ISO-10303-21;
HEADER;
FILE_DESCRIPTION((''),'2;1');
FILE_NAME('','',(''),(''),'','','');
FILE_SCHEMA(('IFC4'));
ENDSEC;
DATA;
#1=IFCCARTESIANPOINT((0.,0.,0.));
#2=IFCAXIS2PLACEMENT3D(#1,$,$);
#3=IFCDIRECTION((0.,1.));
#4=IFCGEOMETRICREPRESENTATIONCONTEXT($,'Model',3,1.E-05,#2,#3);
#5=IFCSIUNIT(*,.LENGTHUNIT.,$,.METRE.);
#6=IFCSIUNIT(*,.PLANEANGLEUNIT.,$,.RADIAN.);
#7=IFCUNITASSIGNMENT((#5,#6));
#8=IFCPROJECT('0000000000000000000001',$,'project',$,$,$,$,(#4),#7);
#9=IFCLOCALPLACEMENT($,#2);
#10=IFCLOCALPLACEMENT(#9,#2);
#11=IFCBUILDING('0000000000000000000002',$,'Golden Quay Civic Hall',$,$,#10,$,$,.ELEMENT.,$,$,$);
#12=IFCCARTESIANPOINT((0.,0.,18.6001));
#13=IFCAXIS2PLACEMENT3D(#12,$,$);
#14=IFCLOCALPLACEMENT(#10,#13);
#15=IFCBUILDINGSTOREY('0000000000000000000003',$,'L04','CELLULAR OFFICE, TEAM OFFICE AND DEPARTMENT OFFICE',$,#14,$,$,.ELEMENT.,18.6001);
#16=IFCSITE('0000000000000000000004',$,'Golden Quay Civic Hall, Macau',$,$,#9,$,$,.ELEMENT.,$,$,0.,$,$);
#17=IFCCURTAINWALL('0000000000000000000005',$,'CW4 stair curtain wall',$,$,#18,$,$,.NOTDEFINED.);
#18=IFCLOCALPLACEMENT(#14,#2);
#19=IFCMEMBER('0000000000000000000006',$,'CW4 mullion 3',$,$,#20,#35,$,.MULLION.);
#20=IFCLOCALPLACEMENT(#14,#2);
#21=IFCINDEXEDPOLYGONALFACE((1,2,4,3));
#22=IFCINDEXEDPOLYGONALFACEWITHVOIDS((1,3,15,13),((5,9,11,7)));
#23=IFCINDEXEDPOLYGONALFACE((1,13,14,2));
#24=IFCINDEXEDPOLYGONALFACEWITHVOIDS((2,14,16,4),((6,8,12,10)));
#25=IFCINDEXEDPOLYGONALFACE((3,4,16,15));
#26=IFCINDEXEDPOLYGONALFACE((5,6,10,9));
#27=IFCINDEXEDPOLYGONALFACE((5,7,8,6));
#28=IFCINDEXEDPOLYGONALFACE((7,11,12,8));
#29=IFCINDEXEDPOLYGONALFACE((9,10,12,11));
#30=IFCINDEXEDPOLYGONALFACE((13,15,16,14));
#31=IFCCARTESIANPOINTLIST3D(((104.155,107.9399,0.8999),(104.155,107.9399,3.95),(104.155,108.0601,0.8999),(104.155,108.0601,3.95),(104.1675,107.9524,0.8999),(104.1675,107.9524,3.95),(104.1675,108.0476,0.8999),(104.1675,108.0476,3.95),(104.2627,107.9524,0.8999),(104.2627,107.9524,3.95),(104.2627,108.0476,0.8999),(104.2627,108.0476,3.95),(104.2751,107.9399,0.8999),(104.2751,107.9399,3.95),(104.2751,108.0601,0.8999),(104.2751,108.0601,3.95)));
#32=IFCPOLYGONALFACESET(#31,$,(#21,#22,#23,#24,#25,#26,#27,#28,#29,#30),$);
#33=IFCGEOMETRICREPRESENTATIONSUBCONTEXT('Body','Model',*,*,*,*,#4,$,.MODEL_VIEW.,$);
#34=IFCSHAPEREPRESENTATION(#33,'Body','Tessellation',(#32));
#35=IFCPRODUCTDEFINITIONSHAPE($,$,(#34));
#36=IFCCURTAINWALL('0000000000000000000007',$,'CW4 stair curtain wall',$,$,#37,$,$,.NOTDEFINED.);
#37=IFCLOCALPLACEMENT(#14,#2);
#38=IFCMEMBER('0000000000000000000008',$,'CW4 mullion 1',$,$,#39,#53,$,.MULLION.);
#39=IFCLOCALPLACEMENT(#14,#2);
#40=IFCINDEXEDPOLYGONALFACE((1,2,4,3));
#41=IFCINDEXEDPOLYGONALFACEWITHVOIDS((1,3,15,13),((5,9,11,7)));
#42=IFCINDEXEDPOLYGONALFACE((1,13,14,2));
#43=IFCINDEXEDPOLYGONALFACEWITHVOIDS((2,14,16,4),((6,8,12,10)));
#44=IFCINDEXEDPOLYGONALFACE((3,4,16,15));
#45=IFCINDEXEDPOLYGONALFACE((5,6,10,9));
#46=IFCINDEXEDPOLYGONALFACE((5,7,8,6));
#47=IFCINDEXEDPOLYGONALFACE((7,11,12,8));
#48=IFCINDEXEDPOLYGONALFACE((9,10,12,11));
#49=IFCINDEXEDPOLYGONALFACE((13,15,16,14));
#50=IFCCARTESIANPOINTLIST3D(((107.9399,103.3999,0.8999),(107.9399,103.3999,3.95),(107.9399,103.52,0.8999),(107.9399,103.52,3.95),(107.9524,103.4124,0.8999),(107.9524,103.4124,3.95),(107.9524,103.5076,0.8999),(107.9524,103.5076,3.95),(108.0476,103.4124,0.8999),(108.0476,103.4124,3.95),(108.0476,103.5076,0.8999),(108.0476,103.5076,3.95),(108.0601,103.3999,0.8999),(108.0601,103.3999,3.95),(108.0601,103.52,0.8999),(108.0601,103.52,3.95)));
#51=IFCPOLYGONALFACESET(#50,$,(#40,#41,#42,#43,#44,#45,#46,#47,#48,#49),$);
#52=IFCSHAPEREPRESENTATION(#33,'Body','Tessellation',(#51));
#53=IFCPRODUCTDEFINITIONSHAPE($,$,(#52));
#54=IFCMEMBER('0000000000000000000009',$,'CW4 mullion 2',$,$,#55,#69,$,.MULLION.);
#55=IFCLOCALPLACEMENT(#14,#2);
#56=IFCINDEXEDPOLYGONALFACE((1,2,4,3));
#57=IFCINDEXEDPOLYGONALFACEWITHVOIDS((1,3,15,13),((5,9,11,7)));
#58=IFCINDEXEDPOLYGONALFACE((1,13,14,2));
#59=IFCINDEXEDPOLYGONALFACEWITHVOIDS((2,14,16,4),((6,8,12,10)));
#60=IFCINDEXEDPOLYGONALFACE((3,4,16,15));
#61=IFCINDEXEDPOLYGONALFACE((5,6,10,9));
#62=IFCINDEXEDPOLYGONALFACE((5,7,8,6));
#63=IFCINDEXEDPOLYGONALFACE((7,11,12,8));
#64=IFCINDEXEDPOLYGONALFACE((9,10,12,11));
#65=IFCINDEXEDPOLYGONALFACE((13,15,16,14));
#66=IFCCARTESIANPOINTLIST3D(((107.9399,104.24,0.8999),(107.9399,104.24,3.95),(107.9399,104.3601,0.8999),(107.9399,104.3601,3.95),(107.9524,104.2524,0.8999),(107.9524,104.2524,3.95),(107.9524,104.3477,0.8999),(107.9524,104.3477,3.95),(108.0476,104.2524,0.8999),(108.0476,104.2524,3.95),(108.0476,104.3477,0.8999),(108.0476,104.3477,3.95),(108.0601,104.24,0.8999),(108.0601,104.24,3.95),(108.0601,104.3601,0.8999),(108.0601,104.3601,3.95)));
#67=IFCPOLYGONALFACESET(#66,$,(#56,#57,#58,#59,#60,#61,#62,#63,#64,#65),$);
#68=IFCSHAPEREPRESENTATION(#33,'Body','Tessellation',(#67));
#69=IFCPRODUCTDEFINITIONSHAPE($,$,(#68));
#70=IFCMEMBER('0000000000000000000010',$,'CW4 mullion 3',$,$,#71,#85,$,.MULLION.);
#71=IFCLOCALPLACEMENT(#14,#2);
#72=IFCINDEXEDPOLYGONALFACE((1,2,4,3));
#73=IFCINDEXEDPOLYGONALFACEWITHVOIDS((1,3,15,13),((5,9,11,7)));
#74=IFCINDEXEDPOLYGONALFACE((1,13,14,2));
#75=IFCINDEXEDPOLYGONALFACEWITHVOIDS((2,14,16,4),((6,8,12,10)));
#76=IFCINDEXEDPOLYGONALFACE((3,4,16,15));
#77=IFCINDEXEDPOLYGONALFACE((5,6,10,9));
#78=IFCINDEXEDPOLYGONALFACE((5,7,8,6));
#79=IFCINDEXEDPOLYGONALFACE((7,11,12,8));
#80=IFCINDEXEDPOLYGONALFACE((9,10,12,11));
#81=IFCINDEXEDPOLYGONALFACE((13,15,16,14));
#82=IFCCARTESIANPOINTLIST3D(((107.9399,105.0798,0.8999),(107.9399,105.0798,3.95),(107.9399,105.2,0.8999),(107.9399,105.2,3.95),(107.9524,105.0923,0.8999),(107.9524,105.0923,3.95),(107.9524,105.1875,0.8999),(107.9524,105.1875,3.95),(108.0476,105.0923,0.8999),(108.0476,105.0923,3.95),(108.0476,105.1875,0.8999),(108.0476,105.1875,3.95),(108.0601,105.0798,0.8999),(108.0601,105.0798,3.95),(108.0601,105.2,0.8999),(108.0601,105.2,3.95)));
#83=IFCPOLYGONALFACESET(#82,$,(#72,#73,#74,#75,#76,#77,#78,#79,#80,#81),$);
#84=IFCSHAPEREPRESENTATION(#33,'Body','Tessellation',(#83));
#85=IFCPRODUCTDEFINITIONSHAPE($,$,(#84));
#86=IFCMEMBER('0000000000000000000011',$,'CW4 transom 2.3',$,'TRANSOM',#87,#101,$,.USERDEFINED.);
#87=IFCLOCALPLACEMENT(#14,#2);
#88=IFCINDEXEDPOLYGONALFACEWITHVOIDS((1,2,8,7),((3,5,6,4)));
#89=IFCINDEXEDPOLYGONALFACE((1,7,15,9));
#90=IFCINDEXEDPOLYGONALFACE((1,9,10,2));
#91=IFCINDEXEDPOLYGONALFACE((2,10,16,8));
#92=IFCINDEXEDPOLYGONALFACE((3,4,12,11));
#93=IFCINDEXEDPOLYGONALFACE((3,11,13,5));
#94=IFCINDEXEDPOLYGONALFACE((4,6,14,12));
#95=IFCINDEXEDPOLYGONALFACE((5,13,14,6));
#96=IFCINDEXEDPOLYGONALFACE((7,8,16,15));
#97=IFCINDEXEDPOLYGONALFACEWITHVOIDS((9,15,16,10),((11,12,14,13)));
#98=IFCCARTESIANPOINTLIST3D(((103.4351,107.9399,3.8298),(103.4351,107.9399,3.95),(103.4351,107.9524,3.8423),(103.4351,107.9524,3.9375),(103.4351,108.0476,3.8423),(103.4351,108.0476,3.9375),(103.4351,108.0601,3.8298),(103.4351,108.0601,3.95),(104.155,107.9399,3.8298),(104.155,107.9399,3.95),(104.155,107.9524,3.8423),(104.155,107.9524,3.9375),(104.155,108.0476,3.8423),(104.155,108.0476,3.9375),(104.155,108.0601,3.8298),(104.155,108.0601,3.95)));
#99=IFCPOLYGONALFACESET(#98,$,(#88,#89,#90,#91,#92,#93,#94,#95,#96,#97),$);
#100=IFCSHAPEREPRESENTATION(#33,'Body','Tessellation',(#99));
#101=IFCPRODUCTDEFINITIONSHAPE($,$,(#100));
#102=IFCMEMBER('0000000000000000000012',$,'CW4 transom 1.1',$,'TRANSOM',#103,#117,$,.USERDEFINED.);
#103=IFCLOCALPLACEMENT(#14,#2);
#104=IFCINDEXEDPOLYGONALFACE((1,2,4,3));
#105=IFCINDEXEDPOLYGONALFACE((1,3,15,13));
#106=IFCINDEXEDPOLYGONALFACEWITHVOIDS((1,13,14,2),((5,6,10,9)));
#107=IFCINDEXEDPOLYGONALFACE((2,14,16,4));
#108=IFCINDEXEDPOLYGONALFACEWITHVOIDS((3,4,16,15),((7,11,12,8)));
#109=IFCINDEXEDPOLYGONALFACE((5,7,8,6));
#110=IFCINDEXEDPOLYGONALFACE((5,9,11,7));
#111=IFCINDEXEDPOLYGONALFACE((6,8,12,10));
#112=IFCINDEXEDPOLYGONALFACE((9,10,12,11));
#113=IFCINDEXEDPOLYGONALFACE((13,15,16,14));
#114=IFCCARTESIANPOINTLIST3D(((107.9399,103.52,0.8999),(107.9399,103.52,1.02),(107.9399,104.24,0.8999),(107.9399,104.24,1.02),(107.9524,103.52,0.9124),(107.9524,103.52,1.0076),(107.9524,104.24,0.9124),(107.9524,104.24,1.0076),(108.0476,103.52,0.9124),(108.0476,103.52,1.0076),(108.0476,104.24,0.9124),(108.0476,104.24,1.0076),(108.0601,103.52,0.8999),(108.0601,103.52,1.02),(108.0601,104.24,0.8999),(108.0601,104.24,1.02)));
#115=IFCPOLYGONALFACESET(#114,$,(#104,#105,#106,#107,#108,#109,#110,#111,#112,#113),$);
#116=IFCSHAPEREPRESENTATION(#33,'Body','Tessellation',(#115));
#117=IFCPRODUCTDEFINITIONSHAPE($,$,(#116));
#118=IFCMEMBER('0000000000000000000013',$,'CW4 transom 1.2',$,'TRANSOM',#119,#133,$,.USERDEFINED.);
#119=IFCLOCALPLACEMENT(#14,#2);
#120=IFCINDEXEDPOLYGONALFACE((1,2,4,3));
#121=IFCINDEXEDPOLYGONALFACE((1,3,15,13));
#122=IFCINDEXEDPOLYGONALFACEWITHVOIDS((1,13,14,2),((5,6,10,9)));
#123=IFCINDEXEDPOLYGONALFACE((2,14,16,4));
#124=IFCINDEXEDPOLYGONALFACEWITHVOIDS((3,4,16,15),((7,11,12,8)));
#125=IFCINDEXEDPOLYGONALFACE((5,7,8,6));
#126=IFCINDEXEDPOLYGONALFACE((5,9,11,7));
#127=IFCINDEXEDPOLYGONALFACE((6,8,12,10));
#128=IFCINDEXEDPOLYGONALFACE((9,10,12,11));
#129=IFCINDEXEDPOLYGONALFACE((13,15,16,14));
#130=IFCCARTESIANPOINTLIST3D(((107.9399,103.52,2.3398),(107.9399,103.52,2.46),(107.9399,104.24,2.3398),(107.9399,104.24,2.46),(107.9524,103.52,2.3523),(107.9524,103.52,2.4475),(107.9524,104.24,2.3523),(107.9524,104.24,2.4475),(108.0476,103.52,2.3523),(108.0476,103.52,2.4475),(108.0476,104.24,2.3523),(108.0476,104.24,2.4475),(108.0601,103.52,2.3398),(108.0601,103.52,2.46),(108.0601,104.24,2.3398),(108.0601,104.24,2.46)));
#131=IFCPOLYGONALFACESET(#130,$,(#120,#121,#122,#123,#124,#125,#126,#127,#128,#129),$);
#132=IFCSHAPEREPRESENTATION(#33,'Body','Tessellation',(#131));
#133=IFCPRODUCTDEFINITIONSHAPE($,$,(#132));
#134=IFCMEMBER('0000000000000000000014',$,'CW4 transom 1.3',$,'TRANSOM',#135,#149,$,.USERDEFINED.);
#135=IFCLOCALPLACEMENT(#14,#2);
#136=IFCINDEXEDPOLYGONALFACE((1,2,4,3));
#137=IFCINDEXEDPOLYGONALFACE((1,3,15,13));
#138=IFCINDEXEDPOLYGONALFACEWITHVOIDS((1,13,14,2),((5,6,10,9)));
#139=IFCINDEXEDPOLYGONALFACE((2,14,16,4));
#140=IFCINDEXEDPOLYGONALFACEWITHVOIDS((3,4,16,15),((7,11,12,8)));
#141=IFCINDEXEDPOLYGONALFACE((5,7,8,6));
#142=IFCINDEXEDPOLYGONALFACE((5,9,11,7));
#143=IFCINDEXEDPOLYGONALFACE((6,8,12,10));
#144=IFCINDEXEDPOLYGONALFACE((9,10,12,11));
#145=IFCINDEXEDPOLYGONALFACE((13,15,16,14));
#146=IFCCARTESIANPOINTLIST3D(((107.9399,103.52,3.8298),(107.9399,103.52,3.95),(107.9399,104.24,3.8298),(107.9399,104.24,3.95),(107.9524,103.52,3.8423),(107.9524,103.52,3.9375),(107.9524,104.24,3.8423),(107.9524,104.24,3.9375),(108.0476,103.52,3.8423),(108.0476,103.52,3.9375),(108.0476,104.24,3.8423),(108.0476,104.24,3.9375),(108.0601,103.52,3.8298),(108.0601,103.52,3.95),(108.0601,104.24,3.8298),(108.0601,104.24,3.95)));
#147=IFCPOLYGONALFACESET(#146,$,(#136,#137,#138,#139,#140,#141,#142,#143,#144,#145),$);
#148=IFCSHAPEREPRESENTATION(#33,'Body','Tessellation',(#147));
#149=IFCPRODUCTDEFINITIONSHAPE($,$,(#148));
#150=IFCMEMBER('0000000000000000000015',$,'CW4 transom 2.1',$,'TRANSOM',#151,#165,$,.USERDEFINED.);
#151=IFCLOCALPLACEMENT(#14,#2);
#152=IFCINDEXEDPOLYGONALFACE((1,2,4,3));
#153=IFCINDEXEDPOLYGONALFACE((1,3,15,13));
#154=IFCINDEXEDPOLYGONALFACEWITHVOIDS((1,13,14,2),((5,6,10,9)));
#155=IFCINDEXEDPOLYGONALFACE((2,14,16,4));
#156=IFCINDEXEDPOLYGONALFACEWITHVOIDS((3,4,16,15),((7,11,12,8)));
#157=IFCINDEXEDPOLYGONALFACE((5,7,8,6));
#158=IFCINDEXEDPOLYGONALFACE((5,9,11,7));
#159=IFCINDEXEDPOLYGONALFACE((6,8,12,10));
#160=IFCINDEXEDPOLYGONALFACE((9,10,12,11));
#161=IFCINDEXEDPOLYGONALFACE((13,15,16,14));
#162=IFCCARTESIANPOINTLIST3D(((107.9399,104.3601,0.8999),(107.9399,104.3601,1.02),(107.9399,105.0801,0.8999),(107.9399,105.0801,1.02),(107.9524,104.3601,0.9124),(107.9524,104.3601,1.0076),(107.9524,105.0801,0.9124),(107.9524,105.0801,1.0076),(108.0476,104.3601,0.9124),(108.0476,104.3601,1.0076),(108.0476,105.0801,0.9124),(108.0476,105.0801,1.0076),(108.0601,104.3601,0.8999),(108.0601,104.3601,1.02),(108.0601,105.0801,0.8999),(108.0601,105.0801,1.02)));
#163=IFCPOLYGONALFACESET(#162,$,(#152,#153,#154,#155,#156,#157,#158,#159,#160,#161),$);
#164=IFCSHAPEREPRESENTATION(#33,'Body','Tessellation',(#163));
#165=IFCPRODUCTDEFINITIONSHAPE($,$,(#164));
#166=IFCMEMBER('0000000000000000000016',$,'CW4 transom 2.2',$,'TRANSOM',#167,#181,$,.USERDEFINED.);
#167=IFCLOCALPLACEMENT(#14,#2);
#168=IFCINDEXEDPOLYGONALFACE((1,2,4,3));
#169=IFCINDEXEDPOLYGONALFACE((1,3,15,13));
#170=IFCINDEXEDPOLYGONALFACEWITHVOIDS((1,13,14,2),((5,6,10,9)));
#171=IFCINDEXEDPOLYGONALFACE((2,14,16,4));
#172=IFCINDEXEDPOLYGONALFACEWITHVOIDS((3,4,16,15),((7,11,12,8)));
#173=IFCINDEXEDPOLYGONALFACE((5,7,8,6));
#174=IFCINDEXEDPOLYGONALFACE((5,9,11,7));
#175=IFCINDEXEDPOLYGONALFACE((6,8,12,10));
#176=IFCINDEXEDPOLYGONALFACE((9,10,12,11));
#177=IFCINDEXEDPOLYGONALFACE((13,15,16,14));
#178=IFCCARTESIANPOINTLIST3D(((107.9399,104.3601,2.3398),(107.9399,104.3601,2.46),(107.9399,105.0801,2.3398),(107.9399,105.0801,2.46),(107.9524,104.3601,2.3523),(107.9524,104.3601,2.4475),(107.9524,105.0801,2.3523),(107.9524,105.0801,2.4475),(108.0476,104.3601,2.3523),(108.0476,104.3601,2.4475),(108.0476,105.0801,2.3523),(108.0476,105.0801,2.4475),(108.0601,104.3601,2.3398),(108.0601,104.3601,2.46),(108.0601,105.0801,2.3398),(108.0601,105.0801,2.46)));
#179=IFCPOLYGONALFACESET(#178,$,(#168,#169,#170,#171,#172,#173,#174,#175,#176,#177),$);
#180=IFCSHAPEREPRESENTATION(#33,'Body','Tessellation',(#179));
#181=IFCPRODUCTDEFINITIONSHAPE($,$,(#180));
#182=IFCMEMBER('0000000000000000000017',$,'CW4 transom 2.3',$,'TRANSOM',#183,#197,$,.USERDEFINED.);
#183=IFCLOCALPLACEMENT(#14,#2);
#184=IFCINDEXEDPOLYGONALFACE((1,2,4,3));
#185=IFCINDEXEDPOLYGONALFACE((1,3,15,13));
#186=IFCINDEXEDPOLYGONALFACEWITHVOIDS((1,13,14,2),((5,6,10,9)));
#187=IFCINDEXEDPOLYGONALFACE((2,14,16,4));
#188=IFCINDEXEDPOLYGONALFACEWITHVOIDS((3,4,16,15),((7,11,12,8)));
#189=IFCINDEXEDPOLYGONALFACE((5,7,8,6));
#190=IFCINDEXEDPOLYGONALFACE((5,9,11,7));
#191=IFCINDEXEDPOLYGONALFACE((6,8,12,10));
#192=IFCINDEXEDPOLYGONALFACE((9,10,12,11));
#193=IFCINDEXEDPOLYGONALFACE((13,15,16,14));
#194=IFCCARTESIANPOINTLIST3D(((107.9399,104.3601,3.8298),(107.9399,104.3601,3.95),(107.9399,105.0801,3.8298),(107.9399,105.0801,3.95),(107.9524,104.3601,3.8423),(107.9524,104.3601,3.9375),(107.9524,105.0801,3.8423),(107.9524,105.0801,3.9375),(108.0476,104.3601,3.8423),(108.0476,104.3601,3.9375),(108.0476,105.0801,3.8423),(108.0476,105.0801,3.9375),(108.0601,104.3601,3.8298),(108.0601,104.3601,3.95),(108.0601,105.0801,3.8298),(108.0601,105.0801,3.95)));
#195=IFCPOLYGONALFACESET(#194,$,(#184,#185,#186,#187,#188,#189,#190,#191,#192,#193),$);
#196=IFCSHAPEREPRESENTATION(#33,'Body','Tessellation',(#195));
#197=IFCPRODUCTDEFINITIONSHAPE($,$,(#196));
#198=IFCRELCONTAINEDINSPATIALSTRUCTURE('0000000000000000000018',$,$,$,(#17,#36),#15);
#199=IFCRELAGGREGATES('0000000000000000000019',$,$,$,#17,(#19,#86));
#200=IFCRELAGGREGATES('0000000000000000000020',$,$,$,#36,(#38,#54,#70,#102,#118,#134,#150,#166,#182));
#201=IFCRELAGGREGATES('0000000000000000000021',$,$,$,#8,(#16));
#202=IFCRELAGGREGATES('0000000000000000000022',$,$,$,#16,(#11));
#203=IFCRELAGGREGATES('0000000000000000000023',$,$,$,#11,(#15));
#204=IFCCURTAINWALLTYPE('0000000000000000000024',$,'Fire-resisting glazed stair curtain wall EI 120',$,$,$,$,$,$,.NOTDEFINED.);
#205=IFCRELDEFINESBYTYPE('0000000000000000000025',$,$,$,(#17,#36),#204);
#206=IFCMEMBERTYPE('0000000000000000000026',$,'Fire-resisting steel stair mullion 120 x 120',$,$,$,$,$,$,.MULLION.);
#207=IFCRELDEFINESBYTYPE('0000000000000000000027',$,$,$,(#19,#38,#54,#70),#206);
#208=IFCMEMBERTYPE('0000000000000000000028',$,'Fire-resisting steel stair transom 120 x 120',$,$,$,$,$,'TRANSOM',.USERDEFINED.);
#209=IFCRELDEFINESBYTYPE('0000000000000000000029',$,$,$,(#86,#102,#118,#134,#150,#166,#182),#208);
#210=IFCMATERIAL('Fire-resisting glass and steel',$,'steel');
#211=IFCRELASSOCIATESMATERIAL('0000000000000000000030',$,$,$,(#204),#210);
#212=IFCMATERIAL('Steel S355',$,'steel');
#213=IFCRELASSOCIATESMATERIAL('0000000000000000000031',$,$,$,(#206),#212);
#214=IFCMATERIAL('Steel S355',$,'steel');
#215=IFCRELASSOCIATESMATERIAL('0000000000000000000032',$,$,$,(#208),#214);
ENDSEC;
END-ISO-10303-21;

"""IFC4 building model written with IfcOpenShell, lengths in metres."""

from ifc_helpers import new_model, si_unit, direction, frame, origin, origin_2d, place, context, subcontext, project, spatial, hollow_rectangle, extrude, material, material_profile, profile_set, type_object, element, aggregate, save


model = new_model("IFC4")

# Units and contexts
model_context = context("Model", 3, precision=1e-05, world=origin(), true_north=direction((0.0, 1.0)))
body_context = subcontext(model_context, "Body", "Model", "MODEL_VIEW")
ifc_project = project(units=[si_unit("LENGTHUNIT", "METRE"), si_unit("PLANEANGLEUNIT", "RADIAN")], contexts=[model_context])

# Site, building, storey
site_placement = place(None, origin())
site = spatial("IfcSite", under=ifc_project, at=site_placement, Name="Golden Quay Civic Hall, Macau", CompositionType="ELEMENT", RefElevation=0.0)
building_placement = place(site_placement, origin())
building = spatial("IfcBuilding", under=site, at=building_placement, Name="Golden Quay Civic Hall", CompositionType="ELEMENT")
storey_placement = place(building_placement, frame((0.0, 0.0, 18.6001)))
storey = spatial("IfcBuildingStorey", under=building, at=storey_placement, Name="L04", Description="CELLULAR OFFICE, TEAM OFFICE AND DEPARTMENT OFFICE", CompositionType="ELEMENT", Elevation=18.6001)

# Curtain wall, member
ifc_material_1 = material(Name="Fire-resisting glass and steel", Category="steel")
curtain_wall_type = type_object("IfcCurtainWallType", Name="Fire-resisting glazed stair curtain wall EI 120", PredefinedType="NOTDEFINED", material=ifc_material_1)
curtain_wall_1_placement = place(storey_placement, origin())
curtain_wall_1 = element("IfcCurtainWall", 1, at=curtain_wall_1_placement, inside=storey, type_object=curtain_wall_type, Name="CW4 stair curtain wall", PredefinedType="NOTDEFINED")
ifc_material_2 = material(Name="Steel S355", Category="steel")
ifc_material_profile_1 = material_profile(ifc_material_2, hollow_rectangle(XDim=0.1201, YDim=0.1201, WallThickness=0.0125, at=origin_2d()), Name="SHS 120x120x12.5")
ifc_profile_set_1 = profile_set([ifc_material_profile_1], Name="Steel S355")
member_type_1 = type_object("IfcMemberType", Name="Fire-resisting steel stair mullion 120 x 120", PredefinedType="MULLION", material=ifc_profile_set_1)
member_1_placement = place(storey_placement, frame((104.2151, 108.0, 0.8999), z_axis=(0.0, 0.0, 1.0), x_axis=(0.0, 1.0, 0.0)))
member_1 = element("IfcMember", 2, at=member_1_placement, type_object=member_type_1, Name="CW4 mullion 3", PredefinedType="MULLION", context=body_context, shape_type="SweptSolid", body=[
    extrude(hollow_rectangle(XDim=0.1201, YDim=0.1201, WallThickness=0.0125, at=origin_2d()), origin(), (0.0, 0.0, 1.0), 3.05),
])

# Curtain wall, members
curtain_wall_2_placement = place(storey_placement, origin())
curtain_wall_2 = element("IfcCurtainWall", 3, at=curtain_wall_2_placement, inside=storey, type_object=curtain_wall_type, Name="CW4 stair curtain wall", PredefinedType="NOTDEFINED")
member_2_placement = place(storey_placement, frame((108.0, 103.46, 0.8999), z_axis=(0.0, 0.0, 1.0), x_axis=(-1.0, 0.0, 0.0)))
member_2 = element("IfcMember", 4, at=member_2_placement, type_object=member_type_1, Name="CW4 mullion 1", PredefinedType="MULLION", context=body_context, shape_type="SweptSolid", body=[
    extrude(hollow_rectangle(XDim=0.1201, YDim=0.1201, WallThickness=0.0125, at=origin_2d()), origin(), (0.0, 0.0, 1.0), 3.05),
])
member_3_placement = place(storey_placement, frame((108.0, 104.3, 0.8999), z_axis=(0.0, 0.0, 1.0), x_axis=(-1.0, 0.0, 0.0)))
member_3 = element("IfcMember", 5, at=member_3_placement, type_object=member_type_1, Name="CW4 mullion 2", PredefinedType="MULLION", context=body_context, shape_type="SweptSolid", body=[
    extrude(hollow_rectangle(XDim=0.1201, YDim=0.1201, WallThickness=0.0125, at=origin_2d()), origin(), (0.0, 0.0, 1.0), 3.05),
])
member_4_placement = place(storey_placement, frame((108.0, 105.1399, 0.8999), z_axis=(0.0, 0.0, 1.0), x_axis=(-1.0, 0.0, 0.0)))
member_4 = element("IfcMember", 6, at=member_4_placement, type_object=member_type_1, Name="CW4 mullion 3", PredefinedType="MULLION", context=body_context, shape_type="SweptSolid", body=[
    extrude(hollow_rectangle(XDim=0.1201, YDim=0.1201, WallThickness=0.0125, at=origin_2d()), origin(), (0.0, 0.0, 1.0), 3.05),
])

# Members
ifc_material_3 = material(Name="Steel S355", Category="steel")
ifc_material_profile_2 = material_profile(ifc_material_3, hollow_rectangle(XDim=0.1201, YDim=0.1201, WallThickness=0.0125, at=origin_2d()), Name="SHS 120x120x12.5")
ifc_profile_set_2 = profile_set([ifc_material_profile_2], Name="Steel S355")
member_type_2 = type_object("IfcMemberType", Name="Fire-resisting steel stair transom 120 x 120", ElementType="TRANSOM", PredefinedType="USERDEFINED", material=ifc_profile_set_2)
member_5_placement = place(storey_placement, frame((103.4351, 108.0, 3.8899), z_axis=(1.0, 0.0, 0.0), x_axis=(0.0, 1.0, 0.0)))
member_5 = element("IfcMember", 7, at=member_5_placement, type_object=member_type_2, Name="CW4 transom 2.3", ObjectType="TRANSOM", PredefinedType="USERDEFINED", context=body_context, shape_type="SweptSolid", body=[
    extrude(hollow_rectangle(XDim=0.1201, YDim=0.1201, WallThickness=0.0125, at=origin_2d()), origin(), (0.0, 0.0, 1.0), 0.72),
])
member_6_placement = place(storey_placement, frame((108.0, 103.52, 0.96), z_axis=(0.0, 1.0, 0.0), x_axis=(-1.0, 0.0, 0.0)))
member_6 = element("IfcMember", 8, at=member_6_placement, type_object=member_type_2, Name="CW4 transom 1.1", ObjectType="TRANSOM", PredefinedType="USERDEFINED", context=body_context, shape_type="SweptSolid", body=[
    extrude(hollow_rectangle(XDim=0.1201, YDim=0.1201, WallThickness=0.0125, at=origin_2d()), origin(), (0.0, 0.0, 1.0), 0.72),
])
member_7_placement = place(storey_placement, frame((108.0, 103.52, 2.3999), z_axis=(0.0, 1.0, 0.0), x_axis=(-1.0, 0.0, 0.0)))
member_7 = element("IfcMember", 9, at=member_7_placement, type_object=member_type_2, Name="CW4 transom 1.2", ObjectType="TRANSOM", PredefinedType="USERDEFINED", context=body_context, shape_type="SweptSolid", body=[
    extrude(hollow_rectangle(XDim=0.1201, YDim=0.1201, WallThickness=0.0125, at=origin_2d()), origin(), (0.0, 0.0, 1.0), 0.72),
])
member_8_placement = place(storey_placement, frame((108.0, 103.52, 3.8899), z_axis=(0.0, 1.0, 0.0), x_axis=(-1.0, 0.0, 0.0)))
member_8 = element("IfcMember", 10, at=member_8_placement, type_object=member_type_2, Name="CW4 transom 1.3", ObjectType="TRANSOM", PredefinedType="USERDEFINED", context=body_context, shape_type="SweptSolid", body=[
    extrude(hollow_rectangle(XDim=0.1201, YDim=0.1201, WallThickness=0.0125, at=origin_2d()), origin(), (0.0, 0.0, 1.0), 0.72),
])
member_9_placement = place(storey_placement, frame((108.0, 104.3601, 0.96), z_axis=(0.0, 1.0, 0.0), x_axis=(-1.0, 0.0, 0.0)))
member_9 = element("IfcMember", 11, at=member_9_placement, type_object=member_type_2, Name="CW4 transom 2.1", ObjectType="TRANSOM", PredefinedType="USERDEFINED", context=body_context, shape_type="SweptSolid", body=[
    extrude(hollow_rectangle(XDim=0.1201, YDim=0.1201, WallThickness=0.0125, at=origin_2d()), origin(), (0.0, 0.0, 1.0), 0.72),
])
member_10_placement = place(storey_placement, frame((108.0, 104.3601, 2.3999), z_axis=(0.0, 1.0, 0.0), x_axis=(-1.0, 0.0, 0.0)))
member_10 = element("IfcMember", 12, at=member_10_placement, type_object=member_type_2, Name="CW4 transom 2.2", ObjectType="TRANSOM", PredefinedType="USERDEFINED", context=body_context, shape_type="SweptSolid", body=[
    extrude(hollow_rectangle(XDim=0.1201, YDim=0.1201, WallThickness=0.0125, at=origin_2d()), origin(), (0.0, 0.0, 1.0), 0.72),
])
member_11_placement = place(storey_placement, frame((108.0, 104.3601, 3.8899), z_axis=(0.0, 1.0, 0.0), x_axis=(-1.0, 0.0, 0.0)))
member_11 = element("IfcMember", 13, at=member_11_placement, type_object=member_type_2, Name="CW4 transom 2.3", ObjectType="TRANSOM", PredefinedType="USERDEFINED", context=body_context, shape_type="SweptSolid", body=[
    extrude(hollow_rectangle(XDim=0.1201, YDim=0.1201, WallThickness=0.0125, at=origin_2d()), origin(), (0.0, 0.0, 1.0), 0.72),
])

aggregate(curtain_wall_1, [member_1, member_5])
aggregate(curtain_wall_2, [member_2, member_3, member_4, member_6, member_7, member_8, member_9, member_10, member_11])

save(model, "model.ifc")
